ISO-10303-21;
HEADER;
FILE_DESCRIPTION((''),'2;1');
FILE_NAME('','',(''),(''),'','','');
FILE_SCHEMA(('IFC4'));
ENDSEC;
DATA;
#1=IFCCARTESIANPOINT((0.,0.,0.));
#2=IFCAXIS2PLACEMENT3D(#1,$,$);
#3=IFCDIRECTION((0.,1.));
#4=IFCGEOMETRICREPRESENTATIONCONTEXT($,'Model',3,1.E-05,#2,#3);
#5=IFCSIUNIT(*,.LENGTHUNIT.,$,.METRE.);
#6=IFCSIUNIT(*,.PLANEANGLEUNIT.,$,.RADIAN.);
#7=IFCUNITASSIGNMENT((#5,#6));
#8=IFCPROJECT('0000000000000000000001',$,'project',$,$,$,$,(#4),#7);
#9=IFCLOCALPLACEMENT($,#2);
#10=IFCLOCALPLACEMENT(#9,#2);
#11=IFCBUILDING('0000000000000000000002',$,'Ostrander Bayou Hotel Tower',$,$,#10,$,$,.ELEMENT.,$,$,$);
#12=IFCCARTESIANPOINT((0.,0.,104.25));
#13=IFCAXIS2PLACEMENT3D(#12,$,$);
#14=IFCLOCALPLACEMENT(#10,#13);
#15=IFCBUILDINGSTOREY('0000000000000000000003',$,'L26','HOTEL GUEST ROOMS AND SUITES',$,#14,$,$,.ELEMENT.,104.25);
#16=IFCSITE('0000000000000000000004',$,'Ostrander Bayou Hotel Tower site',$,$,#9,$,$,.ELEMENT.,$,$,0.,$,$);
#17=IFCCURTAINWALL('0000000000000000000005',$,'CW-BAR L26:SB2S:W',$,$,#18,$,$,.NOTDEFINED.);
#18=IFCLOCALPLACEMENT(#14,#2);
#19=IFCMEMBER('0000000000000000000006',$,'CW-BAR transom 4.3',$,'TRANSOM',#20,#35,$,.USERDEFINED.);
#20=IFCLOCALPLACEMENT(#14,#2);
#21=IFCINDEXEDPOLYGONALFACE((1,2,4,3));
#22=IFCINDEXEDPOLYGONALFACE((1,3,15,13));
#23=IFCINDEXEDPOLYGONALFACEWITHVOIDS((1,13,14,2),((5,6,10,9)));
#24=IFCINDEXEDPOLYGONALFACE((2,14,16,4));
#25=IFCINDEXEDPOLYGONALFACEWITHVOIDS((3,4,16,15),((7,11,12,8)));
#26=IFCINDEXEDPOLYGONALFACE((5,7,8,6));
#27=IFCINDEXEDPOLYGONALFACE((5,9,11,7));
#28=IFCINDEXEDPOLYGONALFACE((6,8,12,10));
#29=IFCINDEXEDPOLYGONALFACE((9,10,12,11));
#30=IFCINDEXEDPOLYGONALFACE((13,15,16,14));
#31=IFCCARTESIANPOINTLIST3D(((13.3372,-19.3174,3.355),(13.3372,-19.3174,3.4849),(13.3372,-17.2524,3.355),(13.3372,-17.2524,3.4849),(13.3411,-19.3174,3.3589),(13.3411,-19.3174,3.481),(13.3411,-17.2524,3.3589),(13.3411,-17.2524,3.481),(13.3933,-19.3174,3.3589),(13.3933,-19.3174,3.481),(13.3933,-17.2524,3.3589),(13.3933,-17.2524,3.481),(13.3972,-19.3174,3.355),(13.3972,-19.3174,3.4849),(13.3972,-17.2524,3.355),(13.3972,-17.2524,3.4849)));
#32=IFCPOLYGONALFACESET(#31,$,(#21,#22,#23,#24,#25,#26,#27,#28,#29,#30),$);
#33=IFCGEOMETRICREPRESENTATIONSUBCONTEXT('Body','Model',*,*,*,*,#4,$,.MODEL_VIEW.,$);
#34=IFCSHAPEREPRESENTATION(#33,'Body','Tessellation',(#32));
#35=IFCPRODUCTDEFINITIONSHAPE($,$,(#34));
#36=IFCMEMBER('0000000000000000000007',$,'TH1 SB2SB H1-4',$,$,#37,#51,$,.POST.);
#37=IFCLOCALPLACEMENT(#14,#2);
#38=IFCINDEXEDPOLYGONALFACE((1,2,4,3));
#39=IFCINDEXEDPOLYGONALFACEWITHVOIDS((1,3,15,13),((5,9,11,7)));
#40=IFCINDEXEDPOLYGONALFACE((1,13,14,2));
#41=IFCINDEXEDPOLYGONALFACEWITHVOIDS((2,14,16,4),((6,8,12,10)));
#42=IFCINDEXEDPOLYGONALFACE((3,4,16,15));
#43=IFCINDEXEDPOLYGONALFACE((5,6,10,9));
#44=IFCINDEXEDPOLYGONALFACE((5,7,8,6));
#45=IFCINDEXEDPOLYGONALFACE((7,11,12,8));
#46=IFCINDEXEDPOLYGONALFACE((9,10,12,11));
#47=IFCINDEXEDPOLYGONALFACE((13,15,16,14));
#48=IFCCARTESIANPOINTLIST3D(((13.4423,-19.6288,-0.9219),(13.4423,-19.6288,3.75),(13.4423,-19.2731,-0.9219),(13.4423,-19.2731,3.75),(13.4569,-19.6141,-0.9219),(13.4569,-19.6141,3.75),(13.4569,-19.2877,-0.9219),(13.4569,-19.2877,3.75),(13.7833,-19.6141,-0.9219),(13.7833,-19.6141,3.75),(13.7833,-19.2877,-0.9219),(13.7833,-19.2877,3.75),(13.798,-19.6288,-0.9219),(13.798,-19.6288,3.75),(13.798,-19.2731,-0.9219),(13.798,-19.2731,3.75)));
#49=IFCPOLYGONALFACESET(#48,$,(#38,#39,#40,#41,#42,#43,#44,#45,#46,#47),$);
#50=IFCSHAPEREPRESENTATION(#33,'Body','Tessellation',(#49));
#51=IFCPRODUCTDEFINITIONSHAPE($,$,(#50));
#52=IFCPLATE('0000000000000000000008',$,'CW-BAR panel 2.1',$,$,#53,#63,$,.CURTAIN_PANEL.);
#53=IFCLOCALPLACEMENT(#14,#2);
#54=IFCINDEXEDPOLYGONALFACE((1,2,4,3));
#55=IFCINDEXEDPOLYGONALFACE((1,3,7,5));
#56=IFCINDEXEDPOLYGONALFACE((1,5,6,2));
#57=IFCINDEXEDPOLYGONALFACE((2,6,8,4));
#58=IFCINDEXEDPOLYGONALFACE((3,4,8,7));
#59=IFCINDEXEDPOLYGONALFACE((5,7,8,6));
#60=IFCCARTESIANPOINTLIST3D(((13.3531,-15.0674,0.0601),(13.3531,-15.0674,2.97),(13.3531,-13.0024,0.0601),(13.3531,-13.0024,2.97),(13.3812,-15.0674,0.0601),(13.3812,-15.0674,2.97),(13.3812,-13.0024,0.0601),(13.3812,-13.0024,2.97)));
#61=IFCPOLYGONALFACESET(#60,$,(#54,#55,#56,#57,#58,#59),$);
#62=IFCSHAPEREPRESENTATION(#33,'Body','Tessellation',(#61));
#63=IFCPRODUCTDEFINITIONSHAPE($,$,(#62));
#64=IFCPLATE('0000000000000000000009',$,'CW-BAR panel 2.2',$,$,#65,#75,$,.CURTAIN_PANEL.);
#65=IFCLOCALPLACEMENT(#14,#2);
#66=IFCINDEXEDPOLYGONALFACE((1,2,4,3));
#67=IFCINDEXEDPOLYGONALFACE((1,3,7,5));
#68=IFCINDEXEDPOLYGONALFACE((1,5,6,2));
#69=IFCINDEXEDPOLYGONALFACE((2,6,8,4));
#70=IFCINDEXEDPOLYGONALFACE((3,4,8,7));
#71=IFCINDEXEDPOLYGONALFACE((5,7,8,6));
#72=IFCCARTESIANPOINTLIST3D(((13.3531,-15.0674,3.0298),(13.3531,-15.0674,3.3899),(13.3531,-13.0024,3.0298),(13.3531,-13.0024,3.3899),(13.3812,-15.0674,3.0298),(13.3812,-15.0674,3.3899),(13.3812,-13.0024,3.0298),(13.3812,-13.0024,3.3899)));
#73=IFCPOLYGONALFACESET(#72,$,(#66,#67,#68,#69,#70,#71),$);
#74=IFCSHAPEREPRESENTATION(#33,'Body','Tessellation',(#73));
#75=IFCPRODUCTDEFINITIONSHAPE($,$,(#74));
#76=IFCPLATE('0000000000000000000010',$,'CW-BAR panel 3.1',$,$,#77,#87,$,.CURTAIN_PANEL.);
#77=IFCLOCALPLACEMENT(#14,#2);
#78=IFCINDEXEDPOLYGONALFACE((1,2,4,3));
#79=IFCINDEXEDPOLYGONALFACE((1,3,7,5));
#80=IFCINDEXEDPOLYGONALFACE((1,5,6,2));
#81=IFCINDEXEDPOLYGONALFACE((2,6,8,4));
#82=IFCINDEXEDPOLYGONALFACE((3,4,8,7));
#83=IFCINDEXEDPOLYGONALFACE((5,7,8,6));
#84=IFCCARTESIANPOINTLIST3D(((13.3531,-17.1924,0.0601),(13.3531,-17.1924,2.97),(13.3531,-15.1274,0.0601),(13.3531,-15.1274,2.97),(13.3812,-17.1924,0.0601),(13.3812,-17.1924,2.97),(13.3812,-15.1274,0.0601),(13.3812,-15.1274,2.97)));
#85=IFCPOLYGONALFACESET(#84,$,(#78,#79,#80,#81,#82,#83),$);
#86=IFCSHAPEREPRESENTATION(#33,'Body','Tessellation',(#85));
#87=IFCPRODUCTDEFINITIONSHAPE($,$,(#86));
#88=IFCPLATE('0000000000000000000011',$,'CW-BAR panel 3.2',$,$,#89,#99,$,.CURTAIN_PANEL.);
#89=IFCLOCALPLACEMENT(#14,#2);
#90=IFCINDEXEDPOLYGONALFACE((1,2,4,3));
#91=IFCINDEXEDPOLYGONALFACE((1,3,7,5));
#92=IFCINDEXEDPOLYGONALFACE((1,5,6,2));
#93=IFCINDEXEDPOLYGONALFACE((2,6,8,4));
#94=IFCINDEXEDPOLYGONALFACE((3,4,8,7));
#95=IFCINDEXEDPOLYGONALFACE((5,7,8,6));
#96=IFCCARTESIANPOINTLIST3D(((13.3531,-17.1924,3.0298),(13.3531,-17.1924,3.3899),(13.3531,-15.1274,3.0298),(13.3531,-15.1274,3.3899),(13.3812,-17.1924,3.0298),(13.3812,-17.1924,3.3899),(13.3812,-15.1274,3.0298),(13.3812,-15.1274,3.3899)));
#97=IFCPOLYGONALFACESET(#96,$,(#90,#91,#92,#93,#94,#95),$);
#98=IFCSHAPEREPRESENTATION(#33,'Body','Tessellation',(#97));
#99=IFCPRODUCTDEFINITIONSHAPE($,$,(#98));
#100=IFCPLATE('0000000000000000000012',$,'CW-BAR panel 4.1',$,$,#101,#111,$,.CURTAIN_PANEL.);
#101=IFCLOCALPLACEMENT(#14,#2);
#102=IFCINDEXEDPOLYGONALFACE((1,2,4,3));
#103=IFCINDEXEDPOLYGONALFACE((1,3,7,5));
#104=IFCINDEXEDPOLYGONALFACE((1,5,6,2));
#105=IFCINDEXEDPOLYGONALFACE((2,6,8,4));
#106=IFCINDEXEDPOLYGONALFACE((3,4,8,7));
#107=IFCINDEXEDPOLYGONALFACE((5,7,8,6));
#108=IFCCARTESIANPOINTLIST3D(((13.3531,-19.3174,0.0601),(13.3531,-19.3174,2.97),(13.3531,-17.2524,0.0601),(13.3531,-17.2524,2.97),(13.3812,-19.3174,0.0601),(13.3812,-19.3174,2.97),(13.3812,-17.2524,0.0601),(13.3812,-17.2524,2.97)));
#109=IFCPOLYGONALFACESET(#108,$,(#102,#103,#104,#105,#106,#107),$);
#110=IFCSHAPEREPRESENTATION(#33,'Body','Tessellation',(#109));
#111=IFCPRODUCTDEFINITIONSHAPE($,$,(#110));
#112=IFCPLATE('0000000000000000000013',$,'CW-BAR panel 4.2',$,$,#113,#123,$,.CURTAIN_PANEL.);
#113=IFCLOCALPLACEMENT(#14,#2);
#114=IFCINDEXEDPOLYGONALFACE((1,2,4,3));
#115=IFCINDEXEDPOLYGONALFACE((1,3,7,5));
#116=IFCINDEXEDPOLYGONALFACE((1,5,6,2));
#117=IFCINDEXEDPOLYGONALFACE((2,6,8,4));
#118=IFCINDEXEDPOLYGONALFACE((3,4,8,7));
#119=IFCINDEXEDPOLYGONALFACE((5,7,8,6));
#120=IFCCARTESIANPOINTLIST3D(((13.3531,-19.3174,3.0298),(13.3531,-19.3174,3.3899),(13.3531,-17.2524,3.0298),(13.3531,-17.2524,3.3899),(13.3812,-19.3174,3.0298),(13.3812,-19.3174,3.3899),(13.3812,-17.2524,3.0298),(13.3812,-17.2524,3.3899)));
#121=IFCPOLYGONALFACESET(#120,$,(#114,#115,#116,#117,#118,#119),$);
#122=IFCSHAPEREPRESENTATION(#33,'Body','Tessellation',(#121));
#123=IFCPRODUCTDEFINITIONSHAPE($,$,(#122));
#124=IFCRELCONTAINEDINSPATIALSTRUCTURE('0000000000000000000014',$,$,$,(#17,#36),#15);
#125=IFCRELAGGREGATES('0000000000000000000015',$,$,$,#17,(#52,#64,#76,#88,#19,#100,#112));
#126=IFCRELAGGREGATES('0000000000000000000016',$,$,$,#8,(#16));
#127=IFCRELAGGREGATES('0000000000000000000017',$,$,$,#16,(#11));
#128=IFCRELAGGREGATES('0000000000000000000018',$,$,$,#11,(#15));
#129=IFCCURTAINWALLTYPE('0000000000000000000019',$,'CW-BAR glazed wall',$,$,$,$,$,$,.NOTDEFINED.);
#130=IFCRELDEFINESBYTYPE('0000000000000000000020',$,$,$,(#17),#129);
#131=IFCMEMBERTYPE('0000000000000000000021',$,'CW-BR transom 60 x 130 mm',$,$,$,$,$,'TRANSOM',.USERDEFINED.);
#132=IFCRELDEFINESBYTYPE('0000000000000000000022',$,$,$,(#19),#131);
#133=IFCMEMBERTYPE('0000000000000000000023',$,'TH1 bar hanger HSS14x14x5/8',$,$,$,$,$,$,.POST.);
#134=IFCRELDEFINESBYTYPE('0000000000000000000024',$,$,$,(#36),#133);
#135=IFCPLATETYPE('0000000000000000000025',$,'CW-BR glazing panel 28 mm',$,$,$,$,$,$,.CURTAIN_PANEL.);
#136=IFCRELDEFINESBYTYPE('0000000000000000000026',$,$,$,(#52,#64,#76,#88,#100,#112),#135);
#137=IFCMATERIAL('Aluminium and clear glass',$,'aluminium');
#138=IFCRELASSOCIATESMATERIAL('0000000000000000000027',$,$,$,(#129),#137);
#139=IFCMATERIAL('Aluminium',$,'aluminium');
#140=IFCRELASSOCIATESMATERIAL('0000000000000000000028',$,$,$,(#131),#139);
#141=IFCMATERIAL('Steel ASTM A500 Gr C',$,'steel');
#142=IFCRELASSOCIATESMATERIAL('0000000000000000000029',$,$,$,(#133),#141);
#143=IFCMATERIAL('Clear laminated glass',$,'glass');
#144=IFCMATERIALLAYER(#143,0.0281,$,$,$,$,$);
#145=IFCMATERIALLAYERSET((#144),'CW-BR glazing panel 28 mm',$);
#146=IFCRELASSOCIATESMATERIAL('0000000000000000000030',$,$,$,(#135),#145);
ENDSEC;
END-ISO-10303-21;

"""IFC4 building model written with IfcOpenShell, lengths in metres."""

from ifc_helpers import new_model, si_unit, direction, frame, origin, origin_2d, place, context, subcontext, project, spatial, rectangle, hollow_rectangle, extrude, material, layer, layer_set, material_profile, profile_set, type_object, element, aggregate, save


model = new_model("IFC4")

# Units and contexts
model_context = context("Model", 3, precision=1e-05, world=origin(), true_north=direction((0.0, 1.0)))
body_context = subcontext(model_context, "Body", "Model", "MODEL_VIEW")
ifc_project = project(units=[si_unit("LENGTHUNIT", "METRE"), si_unit("PLANEANGLEUNIT", "RADIAN")], contexts=[model_context])

# Site, building, storey
site_placement = place(None, origin())
site = spatial("IfcSite", under=ifc_project, at=site_placement, Name="Ostrander Bayou Hotel Tower site", CompositionType="ELEMENT", RefElevation=0.0)
building_placement = place(site_placement, origin())
building = spatial("IfcBuilding", under=site, at=building_placement, Name="Ostrander Bayou Hotel Tower", CompositionType="ELEMENT")
storey_placement = place(building_placement, frame((0.0, 0.0, 104.25)))
storey = spatial("IfcBuildingStorey", under=building, at=storey_placement, Name="L26", Description="HOTEL GUEST ROOMS AND SUITES", CompositionType="ELEMENT", Elevation=104.25)

# Curtain wall, member
ifc_material_1 = material(Name="Aluminium and clear glass", Category="aluminium")
curtain_wall_type = type_object("IfcCurtainWallType", Name="CW-BAR glazed wall", PredefinedType="NOTDEFINED", material=ifc_material_1)
curtain_wall_placement = place(storey_placement, origin())
curtain_wall = element("IfcCurtainWall", 1, at=curtain_wall_placement, inside=storey, type_object=curtain_wall_type, Name="CW-BAR L26:SB2S:W", PredefinedType="NOTDEFINED")
ifc_material_2 = material(Name="Aluminium", Category="aluminium")
ifc_material_profile_1 = material_profile(ifc_material_2, hollow_rectangle(XDim=0.0601, YDim=0.1299, WallThickness=0.0039, at=origin_2d()))
ifc_profile_set_1 = profile_set([ifc_material_profile_1], Name="Aluminium")
member_type_1 = type_object("IfcMemberType", Name="CW-BR transom 60 x 130 mm", ElementType="TRANSOM", PredefinedType="USERDEFINED", material=ifc_profile_set_1)
member_1_placement = place(storey_placement, frame((13.3672, -17.2524, 3.4199), z_axis=(0.0, -1.0, 0.0), x_axis=(1.0, 0.0, 0.0)))
member_1 = element("IfcMember", 2, at=member_1_placement, type_object=member_type_1, Name="CW-BAR transom 4.3", ObjectType="TRANSOM", PredefinedType="USERDEFINED", context=body_context, shape_type="SweptSolid", body=[
    extrude(hollow_rectangle(XDim=0.0601, YDim=0.1299, WallThickness=0.0039, at=origin_2d()), origin(), (0.0, 0.0, 1.0), 2.0649),
])

# Member
ifc_material_3 = material(Name="Steel ASTM A500 Gr C", Category="steel")
ifc_material_profile_2 = material_profile(ifc_material_3, hollow_rectangle(XDim=0.3557, YDim=0.3557, WallThickness=0.0146, at=origin_2d()))
ifc_profile_set_2 = profile_set([ifc_material_profile_2], Name="Steel ASTM A500 Gr C")
member_type_2 = type_object("IfcMemberType", Name="TH1 bar hanger HSS14x14x5/8", PredefinedType="POST", material=ifc_profile_set_2)
member_2_placement = place(storey_placement, frame((13.6201, -19.4509, -0.9219), z_axis=(0.0, 0.0, 1.0), x_axis=(1.0, 0.0, 0.0)))
element("IfcMember", 3, at=member_2_placement, inside=storey, type_object=member_type_2, Name="TH1 SB2SB H1-4", PredefinedType="POST", context=body_context, shape_type="SweptSolid", body=[
    extrude(hollow_rectangle(XDim=0.3557, YDim=0.3557, WallThickness=0.0146, at=origin_2d()), origin(), (0.0, 0.0, 1.0), 4.6719),
])

# Plates
ifc_material_4 = material(Name="Clear laminated glass", Category="glass")
ifc_layer = layer(ifc_material_4, 0.0281)
ifc_layer_set = layer_set([ifc_layer], Name="CW-BR glazing panel 28 mm")
plate_type = type_object("IfcPlateType", Name="CW-BR glazing panel 28 mm", PredefinedType="CURTAIN_PANEL", material=ifc_layer_set)
plate_1_placement = place(storey_placement, frame((13.3672, -14.0349, 0.0601), z_axis=(0.0, 0.0, 1.0), x_axis=(0.0, -1.0, 0.0)))
plate_1 = element("IfcPlate", 4, at=plate_1_placement, type_object=plate_type, Name="CW-BAR panel 2.1", PredefinedType="CURTAIN_PANEL", context=body_context, shape_type="SweptSolid", body=[
    extrude(rectangle(XDim=2.0649, YDim=0.0281, at=origin_2d()), origin(), (0.0, 0.0, 1.0), 2.9099),
])
plate_2_placement = place(storey_placement, frame((13.3672, -14.0349, 3.0298), z_axis=(0.0, 0.0, 1.0), x_axis=(0.0, -1.0, 0.0)))
plate_2 = element("IfcPlate", 5, at=plate_2_placement, type_object=plate_type, Name="CW-BAR panel 2.2", PredefinedType="CURTAIN_PANEL", context=body_context, shape_type="SweptSolid", body=[
    extrude(rectangle(XDim=2.0649, YDim=0.0281, at=origin_2d()), origin(), (0.0, 0.0, 1.0), 0.3601),
])
plate_3_placement = place(storey_placement, frame((13.3672, -16.1599, 0.0601), z_axis=(0.0, 0.0, 1.0), x_axis=(0.0, -1.0, 0.0)))
plate_3 = element("IfcPlate", 6, at=plate_3_placement, type_object=plate_type, Name="CW-BAR panel 3.1", PredefinedType="CURTAIN_PANEL", context=body_context, shape_type="SweptSolid", body=[
    extrude(rectangle(XDim=2.0649, YDim=0.0281, at=origin_2d()), origin(), (0.0, 0.0, 1.0), 2.9099),
])
plate_4_placement = place(storey_placement, frame((13.3672, -16.1599, 3.0298), z_axis=(0.0, 0.0, 1.0), x_axis=(0.0, -1.0, 0.0)))
plate_4 = element("IfcPlate", 7, at=plate_4_placement, type_object=plate_type, Name="CW-BAR panel 3.2", PredefinedType="CURTAIN_PANEL", context=body_context, shape_type="SweptSolid", body=[
    extrude(rectangle(XDim=2.0649, YDim=0.0281, at=origin_2d()), origin(), (0.0, 0.0, 1.0), 0.3601),
])
plate_5_placement = place(storey_placement, frame((13.3672, -18.2849, 0.0601), z_axis=(0.0, 0.0, 1.0), x_axis=(0.0, -1.0, 0.0)))
plate_5 = element("IfcPlate", 8, at=plate_5_placement, type_object=plate_type, Name="CW-BAR panel 4.1", PredefinedType="CURTAIN_PANEL", context=body_context, shape_type="SweptSolid", body=[
    extrude(rectangle(XDim=2.0649, YDim=0.0281, at=origin_2d()), origin(), (0.0, 0.0, 1.0), 2.9099),
])
plate_6_placement = place(storey_placement, frame((13.3672, -18.2849, 3.0298), z_axis=(0.0, 0.0, 1.0), x_axis=(0.0, -1.0, 0.0)))
plate_6 = element("IfcPlate", 9, at=plate_6_placement, type_object=plate_type, Name="CW-BAR panel 4.2", PredefinedType="CURTAIN_PANEL", context=body_context, shape_type="SweptSolid", body=[
    extrude(rectangle(XDim=2.0649, YDim=0.0281, at=origin_2d()), origin(), (0.0, 0.0, 1.0), 0.3601),
])
aggregate(curtain_wall, [plate_1, plate_2, plate_3, plate_4, member_1, plate_5, plate_6])

save(model, "model.ifc")
